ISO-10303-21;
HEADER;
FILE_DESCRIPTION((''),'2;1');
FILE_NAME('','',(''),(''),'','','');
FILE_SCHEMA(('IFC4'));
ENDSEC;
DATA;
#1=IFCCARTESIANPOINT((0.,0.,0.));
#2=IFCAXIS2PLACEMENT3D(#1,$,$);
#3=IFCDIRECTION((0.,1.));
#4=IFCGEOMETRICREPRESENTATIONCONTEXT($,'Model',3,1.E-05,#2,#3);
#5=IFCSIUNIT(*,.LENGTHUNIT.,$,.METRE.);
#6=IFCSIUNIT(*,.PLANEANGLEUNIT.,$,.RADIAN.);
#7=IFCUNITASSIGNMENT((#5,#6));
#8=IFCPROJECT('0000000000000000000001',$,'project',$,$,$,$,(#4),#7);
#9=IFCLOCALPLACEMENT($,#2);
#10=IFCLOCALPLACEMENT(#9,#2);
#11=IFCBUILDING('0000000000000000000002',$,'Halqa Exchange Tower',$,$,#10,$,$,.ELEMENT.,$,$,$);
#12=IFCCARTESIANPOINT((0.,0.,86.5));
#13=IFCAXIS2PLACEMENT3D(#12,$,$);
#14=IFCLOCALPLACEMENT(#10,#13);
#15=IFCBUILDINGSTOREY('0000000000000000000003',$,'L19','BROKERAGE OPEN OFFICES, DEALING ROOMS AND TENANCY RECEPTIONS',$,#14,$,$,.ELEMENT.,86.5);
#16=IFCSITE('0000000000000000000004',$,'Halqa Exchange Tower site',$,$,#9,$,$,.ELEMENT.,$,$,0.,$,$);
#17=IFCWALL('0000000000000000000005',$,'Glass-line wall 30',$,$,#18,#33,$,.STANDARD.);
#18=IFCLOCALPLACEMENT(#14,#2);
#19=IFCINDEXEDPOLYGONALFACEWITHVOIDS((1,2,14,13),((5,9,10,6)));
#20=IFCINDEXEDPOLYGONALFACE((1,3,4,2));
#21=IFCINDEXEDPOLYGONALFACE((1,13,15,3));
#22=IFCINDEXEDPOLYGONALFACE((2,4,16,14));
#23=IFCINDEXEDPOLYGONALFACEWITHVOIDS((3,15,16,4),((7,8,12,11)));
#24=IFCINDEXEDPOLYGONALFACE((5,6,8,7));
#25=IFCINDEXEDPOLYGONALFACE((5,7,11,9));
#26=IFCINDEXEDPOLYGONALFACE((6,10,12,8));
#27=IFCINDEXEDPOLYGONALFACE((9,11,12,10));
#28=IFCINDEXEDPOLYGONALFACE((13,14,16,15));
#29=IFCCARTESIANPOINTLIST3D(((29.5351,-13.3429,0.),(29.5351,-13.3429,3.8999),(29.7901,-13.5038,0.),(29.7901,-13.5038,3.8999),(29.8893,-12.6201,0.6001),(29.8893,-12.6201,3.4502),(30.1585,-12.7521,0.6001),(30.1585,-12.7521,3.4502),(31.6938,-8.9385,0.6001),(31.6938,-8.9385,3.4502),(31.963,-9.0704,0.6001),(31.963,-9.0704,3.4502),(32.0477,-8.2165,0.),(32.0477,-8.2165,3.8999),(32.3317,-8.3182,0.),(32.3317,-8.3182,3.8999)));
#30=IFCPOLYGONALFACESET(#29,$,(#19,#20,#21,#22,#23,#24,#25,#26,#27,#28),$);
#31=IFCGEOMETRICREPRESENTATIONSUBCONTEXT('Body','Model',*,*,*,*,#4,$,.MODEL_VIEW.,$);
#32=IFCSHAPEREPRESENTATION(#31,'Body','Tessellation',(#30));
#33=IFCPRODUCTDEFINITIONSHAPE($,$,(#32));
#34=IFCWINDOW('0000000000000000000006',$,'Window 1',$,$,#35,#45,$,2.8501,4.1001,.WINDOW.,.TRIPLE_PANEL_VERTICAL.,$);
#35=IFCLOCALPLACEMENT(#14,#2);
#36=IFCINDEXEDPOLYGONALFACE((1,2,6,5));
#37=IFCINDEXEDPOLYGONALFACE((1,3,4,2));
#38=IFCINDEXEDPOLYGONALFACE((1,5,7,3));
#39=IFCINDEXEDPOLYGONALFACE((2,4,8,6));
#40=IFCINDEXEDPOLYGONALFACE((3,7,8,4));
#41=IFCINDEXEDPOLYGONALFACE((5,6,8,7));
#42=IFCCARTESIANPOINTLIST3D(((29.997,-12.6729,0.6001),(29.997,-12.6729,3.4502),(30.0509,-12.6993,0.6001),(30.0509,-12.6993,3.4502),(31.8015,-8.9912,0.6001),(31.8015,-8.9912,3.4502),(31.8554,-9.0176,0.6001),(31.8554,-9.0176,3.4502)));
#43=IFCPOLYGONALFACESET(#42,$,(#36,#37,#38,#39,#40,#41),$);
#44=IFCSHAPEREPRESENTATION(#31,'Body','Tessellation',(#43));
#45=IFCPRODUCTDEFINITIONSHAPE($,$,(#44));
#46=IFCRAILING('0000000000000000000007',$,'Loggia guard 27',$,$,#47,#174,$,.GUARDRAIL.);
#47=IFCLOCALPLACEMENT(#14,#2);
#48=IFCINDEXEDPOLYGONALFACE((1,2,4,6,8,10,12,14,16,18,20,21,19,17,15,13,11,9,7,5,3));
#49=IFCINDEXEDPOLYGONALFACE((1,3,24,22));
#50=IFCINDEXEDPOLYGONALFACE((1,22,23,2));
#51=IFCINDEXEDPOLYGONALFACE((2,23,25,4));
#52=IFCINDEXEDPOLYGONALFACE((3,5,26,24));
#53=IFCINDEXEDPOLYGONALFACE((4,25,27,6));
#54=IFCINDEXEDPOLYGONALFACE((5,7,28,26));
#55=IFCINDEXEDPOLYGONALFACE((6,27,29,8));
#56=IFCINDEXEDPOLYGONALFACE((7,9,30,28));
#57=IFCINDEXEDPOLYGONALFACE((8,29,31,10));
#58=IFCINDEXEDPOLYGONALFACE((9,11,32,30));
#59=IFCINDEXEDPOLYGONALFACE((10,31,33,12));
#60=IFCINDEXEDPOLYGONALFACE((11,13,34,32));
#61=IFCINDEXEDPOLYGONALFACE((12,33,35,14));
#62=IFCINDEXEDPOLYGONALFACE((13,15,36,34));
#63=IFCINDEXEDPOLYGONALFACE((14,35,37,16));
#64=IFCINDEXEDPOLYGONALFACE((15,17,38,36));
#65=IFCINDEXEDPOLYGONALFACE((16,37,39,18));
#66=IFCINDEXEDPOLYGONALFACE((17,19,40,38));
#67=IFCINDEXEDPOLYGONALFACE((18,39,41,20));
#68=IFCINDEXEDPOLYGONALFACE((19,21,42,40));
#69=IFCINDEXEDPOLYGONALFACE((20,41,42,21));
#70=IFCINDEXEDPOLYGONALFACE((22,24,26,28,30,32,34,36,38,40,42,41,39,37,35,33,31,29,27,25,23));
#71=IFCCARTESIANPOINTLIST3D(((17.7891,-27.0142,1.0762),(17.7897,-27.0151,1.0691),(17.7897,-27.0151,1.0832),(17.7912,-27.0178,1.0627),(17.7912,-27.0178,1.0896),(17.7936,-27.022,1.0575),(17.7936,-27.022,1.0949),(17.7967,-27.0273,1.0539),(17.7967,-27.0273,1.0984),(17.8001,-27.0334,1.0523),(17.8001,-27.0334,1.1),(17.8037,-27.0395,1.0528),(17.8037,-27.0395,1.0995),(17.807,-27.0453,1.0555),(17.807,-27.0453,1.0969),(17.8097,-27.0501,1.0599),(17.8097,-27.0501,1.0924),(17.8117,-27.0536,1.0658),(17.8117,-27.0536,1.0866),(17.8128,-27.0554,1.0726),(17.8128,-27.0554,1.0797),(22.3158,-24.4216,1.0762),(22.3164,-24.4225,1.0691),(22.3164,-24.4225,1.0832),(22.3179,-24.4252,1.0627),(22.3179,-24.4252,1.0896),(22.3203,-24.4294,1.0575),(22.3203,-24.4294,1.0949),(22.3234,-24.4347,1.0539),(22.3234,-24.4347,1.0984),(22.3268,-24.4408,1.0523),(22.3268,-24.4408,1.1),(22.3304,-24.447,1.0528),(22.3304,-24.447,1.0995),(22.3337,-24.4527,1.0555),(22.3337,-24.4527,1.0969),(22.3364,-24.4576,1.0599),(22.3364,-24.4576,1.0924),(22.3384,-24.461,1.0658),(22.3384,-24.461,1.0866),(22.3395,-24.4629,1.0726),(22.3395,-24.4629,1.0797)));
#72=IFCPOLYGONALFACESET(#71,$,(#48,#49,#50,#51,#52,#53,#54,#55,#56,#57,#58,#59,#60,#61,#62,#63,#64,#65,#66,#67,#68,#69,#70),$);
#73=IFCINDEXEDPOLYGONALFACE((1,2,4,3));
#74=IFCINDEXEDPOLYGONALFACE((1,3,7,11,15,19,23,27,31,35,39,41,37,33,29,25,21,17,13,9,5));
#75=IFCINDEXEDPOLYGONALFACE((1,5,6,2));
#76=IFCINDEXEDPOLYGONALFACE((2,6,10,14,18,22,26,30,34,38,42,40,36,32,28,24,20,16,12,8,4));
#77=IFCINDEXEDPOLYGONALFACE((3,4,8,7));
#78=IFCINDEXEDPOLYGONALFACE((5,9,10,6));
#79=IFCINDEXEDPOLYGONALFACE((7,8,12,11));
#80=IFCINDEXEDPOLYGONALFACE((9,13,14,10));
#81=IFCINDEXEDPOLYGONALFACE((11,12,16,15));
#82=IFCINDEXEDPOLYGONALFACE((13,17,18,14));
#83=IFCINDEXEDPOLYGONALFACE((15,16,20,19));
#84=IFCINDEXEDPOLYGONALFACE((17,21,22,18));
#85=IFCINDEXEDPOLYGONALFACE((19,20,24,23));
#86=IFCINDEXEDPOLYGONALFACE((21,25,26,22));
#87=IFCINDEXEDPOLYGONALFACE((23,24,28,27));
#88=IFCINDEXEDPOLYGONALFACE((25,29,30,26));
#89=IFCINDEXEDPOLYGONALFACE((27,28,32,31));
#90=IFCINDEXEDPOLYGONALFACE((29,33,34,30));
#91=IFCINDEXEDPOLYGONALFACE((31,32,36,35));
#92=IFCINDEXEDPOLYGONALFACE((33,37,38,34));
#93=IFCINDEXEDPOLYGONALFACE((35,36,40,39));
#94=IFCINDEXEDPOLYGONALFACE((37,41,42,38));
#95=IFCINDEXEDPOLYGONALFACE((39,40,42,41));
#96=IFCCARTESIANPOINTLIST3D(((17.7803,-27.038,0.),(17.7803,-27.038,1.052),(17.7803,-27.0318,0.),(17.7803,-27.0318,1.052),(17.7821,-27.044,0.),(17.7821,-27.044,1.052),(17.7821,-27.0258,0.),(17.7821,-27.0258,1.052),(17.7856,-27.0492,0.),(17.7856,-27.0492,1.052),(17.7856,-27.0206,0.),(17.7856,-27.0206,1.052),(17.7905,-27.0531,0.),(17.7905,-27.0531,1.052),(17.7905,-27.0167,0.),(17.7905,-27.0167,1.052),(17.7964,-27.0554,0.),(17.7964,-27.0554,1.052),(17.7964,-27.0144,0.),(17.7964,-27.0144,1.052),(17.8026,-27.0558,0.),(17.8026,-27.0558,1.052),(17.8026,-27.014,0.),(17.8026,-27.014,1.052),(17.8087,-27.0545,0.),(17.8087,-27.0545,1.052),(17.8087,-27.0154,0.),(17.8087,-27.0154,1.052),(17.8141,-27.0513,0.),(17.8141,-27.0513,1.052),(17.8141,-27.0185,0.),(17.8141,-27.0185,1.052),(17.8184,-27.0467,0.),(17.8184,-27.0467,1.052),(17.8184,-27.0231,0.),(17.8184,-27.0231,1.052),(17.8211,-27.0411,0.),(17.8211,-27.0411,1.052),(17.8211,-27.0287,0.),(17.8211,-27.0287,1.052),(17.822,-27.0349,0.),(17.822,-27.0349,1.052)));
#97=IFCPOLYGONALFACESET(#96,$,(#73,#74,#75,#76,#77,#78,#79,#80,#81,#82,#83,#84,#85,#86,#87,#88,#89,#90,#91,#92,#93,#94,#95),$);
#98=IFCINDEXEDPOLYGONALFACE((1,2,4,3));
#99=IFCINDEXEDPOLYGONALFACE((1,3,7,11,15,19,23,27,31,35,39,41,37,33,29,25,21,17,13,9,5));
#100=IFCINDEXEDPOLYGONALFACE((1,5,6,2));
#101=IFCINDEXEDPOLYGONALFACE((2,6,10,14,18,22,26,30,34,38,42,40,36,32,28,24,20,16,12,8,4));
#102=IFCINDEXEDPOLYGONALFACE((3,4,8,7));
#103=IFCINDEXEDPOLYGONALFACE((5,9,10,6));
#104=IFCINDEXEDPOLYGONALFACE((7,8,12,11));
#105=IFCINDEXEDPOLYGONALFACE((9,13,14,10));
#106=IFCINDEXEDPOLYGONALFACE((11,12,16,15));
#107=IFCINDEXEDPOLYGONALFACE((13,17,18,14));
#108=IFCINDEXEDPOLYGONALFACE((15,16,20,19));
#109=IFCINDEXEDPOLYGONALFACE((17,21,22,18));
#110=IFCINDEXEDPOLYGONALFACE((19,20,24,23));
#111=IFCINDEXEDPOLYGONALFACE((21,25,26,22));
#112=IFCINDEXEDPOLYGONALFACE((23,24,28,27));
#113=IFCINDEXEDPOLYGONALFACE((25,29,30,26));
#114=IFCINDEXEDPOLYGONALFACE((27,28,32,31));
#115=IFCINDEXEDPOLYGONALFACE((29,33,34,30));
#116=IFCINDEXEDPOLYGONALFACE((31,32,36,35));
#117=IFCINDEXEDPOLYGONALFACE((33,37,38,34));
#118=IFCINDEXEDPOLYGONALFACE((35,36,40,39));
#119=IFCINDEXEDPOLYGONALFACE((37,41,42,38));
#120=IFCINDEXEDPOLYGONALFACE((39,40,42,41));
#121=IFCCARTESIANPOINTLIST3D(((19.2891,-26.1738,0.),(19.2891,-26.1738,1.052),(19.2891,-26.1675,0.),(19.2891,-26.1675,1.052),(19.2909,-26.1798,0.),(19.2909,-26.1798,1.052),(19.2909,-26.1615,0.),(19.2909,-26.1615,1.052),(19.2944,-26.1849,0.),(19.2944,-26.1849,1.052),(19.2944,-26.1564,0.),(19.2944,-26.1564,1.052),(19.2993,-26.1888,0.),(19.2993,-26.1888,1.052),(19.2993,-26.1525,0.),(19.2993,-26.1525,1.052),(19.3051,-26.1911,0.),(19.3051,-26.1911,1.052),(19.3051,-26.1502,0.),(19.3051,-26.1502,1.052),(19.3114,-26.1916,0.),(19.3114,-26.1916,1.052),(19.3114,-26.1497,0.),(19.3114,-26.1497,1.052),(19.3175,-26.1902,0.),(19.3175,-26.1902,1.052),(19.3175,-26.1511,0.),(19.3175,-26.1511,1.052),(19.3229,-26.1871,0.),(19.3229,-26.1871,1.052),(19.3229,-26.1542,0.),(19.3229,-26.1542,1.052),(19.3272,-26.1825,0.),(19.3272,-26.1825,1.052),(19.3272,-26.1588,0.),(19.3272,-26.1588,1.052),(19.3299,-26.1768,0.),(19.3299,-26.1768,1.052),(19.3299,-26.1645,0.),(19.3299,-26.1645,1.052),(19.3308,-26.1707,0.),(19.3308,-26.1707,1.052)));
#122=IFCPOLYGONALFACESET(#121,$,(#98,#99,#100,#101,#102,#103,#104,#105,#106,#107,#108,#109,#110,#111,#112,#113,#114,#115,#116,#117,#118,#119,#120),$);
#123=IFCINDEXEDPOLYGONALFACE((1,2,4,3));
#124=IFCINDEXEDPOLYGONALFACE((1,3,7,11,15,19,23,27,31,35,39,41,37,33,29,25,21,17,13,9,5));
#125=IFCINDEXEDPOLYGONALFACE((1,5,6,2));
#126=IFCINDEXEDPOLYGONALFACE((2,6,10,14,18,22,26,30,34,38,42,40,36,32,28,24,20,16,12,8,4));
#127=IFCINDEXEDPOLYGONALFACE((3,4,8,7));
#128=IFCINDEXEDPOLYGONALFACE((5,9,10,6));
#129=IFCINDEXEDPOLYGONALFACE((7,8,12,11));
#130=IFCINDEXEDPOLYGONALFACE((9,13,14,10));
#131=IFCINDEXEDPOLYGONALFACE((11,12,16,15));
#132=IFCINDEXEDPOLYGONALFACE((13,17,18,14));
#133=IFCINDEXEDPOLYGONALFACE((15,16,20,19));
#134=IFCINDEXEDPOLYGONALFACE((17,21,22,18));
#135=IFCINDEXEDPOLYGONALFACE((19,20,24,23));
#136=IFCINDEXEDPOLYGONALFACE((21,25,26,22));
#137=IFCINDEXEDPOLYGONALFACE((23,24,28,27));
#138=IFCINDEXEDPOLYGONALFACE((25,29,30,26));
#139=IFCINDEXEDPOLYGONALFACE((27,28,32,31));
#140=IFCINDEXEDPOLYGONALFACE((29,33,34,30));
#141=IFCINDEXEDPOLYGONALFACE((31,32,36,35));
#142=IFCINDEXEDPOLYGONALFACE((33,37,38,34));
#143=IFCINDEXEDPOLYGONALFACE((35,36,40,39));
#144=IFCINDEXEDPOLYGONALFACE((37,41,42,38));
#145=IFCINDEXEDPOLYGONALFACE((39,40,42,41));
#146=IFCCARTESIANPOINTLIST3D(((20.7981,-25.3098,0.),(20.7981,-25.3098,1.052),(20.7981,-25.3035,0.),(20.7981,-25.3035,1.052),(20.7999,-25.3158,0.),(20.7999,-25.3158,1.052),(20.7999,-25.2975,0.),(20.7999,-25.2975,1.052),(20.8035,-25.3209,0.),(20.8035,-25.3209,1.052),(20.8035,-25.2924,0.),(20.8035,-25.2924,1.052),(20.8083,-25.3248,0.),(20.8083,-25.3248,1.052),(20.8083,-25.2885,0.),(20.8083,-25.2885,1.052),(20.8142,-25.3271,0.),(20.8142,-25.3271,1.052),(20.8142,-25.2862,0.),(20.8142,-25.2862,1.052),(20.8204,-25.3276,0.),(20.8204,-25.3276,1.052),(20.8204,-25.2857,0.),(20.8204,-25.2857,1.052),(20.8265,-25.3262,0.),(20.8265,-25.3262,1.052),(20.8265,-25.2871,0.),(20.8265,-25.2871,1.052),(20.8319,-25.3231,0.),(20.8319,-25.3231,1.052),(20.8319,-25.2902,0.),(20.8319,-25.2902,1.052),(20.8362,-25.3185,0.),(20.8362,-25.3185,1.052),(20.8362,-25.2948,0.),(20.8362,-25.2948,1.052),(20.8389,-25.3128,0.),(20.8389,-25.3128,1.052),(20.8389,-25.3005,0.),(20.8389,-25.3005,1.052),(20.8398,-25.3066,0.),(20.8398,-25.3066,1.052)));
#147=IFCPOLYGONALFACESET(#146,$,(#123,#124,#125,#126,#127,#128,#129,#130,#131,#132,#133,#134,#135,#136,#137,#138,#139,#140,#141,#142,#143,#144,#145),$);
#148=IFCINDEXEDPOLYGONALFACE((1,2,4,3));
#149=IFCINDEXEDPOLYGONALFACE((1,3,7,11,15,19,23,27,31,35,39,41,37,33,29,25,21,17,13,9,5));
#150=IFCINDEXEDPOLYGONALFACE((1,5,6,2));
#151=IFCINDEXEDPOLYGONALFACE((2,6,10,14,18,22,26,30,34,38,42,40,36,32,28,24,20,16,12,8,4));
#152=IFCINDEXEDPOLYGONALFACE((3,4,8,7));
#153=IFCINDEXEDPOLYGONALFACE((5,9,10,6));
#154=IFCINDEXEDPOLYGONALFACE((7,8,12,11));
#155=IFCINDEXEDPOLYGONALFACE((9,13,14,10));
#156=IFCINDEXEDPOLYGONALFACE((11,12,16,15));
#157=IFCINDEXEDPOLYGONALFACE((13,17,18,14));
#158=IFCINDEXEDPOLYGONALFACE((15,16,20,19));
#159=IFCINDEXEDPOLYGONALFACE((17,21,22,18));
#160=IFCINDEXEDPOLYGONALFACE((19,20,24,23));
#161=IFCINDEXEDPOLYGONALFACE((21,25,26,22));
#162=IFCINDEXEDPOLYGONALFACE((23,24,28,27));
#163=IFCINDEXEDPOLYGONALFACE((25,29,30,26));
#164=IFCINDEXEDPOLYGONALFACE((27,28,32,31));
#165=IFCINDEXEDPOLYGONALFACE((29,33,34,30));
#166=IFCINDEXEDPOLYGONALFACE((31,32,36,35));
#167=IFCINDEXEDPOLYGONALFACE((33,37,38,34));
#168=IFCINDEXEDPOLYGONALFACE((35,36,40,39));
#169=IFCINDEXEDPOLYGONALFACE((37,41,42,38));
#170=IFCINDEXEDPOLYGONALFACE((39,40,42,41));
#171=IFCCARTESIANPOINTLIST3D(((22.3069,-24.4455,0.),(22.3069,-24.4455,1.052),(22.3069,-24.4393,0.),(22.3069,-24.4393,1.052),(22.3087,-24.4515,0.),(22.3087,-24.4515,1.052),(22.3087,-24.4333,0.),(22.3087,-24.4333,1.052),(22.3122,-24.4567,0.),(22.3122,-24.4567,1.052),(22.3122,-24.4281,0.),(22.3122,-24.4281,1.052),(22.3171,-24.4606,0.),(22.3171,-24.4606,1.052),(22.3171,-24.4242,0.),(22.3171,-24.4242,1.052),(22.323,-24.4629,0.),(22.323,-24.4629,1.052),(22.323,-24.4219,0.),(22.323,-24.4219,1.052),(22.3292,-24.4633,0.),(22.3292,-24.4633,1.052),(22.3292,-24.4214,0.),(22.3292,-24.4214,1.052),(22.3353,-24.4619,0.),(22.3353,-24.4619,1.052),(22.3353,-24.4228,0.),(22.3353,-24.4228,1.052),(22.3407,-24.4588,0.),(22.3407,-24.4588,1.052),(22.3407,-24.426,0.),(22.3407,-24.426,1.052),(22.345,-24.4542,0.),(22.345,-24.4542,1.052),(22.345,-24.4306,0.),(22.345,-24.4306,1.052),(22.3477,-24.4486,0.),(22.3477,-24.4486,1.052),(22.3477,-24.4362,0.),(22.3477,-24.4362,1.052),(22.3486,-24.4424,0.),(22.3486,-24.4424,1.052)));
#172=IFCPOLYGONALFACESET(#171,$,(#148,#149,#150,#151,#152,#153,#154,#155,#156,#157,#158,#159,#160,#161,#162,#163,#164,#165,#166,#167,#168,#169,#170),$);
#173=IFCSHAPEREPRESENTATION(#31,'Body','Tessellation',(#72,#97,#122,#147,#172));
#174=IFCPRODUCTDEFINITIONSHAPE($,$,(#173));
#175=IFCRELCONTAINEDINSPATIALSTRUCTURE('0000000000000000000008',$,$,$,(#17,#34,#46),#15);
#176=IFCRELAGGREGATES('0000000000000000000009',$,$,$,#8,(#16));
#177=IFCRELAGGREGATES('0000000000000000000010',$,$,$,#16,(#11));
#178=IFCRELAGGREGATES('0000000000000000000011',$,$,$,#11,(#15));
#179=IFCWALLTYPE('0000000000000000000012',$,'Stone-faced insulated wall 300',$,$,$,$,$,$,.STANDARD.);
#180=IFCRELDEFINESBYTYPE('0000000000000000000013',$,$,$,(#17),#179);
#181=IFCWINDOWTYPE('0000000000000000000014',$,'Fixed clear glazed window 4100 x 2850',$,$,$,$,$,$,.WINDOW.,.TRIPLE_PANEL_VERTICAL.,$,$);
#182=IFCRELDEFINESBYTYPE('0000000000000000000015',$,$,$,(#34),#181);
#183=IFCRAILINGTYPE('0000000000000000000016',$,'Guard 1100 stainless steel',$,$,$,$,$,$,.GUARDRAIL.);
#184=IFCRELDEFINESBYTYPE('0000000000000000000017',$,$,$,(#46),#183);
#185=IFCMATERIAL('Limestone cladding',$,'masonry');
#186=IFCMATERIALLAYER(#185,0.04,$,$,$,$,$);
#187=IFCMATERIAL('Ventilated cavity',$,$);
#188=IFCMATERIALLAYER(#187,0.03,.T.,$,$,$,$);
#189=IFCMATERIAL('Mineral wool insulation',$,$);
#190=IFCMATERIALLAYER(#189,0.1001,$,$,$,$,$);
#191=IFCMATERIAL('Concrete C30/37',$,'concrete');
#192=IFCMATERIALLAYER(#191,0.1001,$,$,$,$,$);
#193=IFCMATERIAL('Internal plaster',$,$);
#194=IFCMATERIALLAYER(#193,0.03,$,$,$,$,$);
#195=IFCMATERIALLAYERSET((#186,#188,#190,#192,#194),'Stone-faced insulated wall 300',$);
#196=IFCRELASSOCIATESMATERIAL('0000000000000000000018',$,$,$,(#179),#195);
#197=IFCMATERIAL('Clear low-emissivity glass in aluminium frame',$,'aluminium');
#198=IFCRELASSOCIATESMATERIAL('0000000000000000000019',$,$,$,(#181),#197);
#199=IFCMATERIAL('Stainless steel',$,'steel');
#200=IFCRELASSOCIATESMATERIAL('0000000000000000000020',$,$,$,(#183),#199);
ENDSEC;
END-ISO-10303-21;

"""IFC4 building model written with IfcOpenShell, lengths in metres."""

from ifc_helpers import new_model, si_unit, direction, frame, frame_2d, origin, origin_2d, place, context, subcontext, project, spatial, polyline, rectangle, circle, outline, extrude, material, layer, layer_set, type_object, element, fill, save


model = new_model("IFC4")

# Units and contexts
model_context = context("Model", 3, precision=1e-05, world=origin(), true_north=direction((0.0, 1.0)))
body_context = subcontext(model_context, "Body", "Model", "MODEL_VIEW")
ifc_project = project(units=[si_unit("LENGTHUNIT", "METRE"), si_unit("PLANEANGLEUNIT", "RADIAN")], contexts=[model_context])

# Site, building, storey
site_placement = place(None, origin())
site = spatial("IfcSite", under=ifc_project, at=site_placement, Name="Halqa Exchange Tower site", CompositionType="ELEMENT", RefElevation=0.0)
building_placement = place(site_placement, origin())
building = spatial("IfcBuilding", under=site, at=building_placement, Name="Halqa Exchange Tower", CompositionType="ELEMENT")
storey_placement = place(building_placement, frame((0.0, 0.0, 86.5)))
storey = spatial("IfcBuildingStorey", under=building, at=storey_placement, Name="L19", Description="BROKERAGE OPEN OFFICES, DEALING ROOMS AND TENANCY RECEPTIONS", CompositionType="ELEMENT", Elevation=86.5)

# Shared definitions
ifc_material_1 = material(Name="Limestone cladding", Category="masonry")
ifc_layer_1 = layer(ifc_material_1, 0.04)
ifc_material_2 = material(Name="Ventilated cavity")
ifc_layer_2 = layer(ifc_material_2, 0.03, ventilated=True)
ifc_material_3 = material(Name="Mineral wool insulation")
ifc_layer_3 = layer(ifc_material_3, 0.1001)
ifc_material_4 = material(Name="Concrete C30/37", Category="concrete")
ifc_layer_4 = layer(ifc_material_4, 0.1001)
ifc_material_5 = material(Name="Internal plaster")
ifc_layer_5 = layer(ifc_material_5, 0.03)
ifc_layer_set_1 = layer_set([ifc_layer_1, ifc_layer_2, ifc_layer_3, ifc_layer_4, ifc_layer_5], Name="Stone-faced insulated wall 300")
wall_type_1 = type_object("IfcWallType", Name="Stone-faced insulated wall 300", PredefinedType="STANDARD", material=ifc_layer_set_1)
ifc_material_6 = material(Name="Clear low-emissivity glass in aluminium frame", Category="aluminium")
window_type = type_object("IfcWindowType", Name="Fixed clear glazed window 4100 x 2850", PartitioningType="TRIPLE_PANEL_VERTICAL", PredefinedType="WINDOW", material=ifc_material_6)

# Wall, opening, window
wall_1_placement = place(storey_placement, frame((29.6626, -13.4233, 0.0), z_axis=(0.0, 0.0, 1.0), x_axis=(0.440107, 0.897945, 0.0)))
wall_1 = element("IfcWall", 1, at=wall_1_placement, inside=storey, type_object=wall_type_1, Name="Glass-line wall 30", PredefinedType="STANDARD", context=body_context, shape_type="SweptSolid", body=[
    extrude(outline(polyline([(-0.0161, -0.1499), (5.7588, -0.1499), (5.7251, 0.1499), (0.0161, 0.1499), (-0.0161, -0.1499)])), origin(), (0.0, 0.0, 1.0), 3.8999),
])
opening_1_placement = place(wall_1_placement, frame((0.821, 0.0, 0.6001)))
opening_1 = element("IfcOpeningElement", 2, at=opening_1_placement, cuts=wall_1, PredefinedType="OPENING", context=body_context, shape_type="SweptSolid", body=[
    extrude(rectangle(XDim=4.1001, YDim=2.8501, at=frame_2d((2.05, 1.425))), frame((0.0, 0.1621, 0.0), z_axis=(0.0, -1.0, 0.0), x_axis=(1.0, 0.0, 0.0)), (0.0, 0.0, 1.0), 0.324),
])
window_1_placement = place(opening_1_placement, origin())
window_1 = element("IfcWindow", 3, at=window_1_placement, inside=storey, type_object=window_type, Name="Window 1", OverallHeight=2.8501, OverallWidth=4.1001, PartitioningType="TRIPLE_PANEL_VERTICAL", PredefinedType="WINDOW", context=body_context, shape_type="SweptSolid", body=[
    extrude(rectangle(XDim=4.1001, YDim=2.8501, at=frame_2d((2.05, 1.425))), frame((0.0, 0.03, 0.0), z_axis=(0.0, -1.0, 0.0), x_axis=(1.0, 0.0, 0.0)), (0.0, 0.0, 1.0), 0.0601),
])
fill(opening_1, window_1)

# Railing
ifc_material_7 = material(Name="Stainless steel", Category="steel")
railing_type = type_object("IfcRailingType", Name="Guard 1100 stainless steel", PredefinedType="GUARDRAIL", material=ifc_material_7)
railing_1_placement = place(storey_placement, frame((17.801, -27.0349, 0.0)))
element("IfcRailing", 4, at=railing_1_placement, inside=storey, type_object=railing_type, Name="Loggia guard 27", PredefinedType="GUARDRAIL", context=body_context, shape_type="SweptSolid", body=[
    extrude(circle(Radius=0.0239, at=origin_2d()), frame((0.0, 0.0, 1.0762), z_axis=(0.867756, 0.49699, 0.0), x_axis=(-0.49699, 0.867756, 0.0)), (0.0, 0.0, 1.0), 5.2166),
    extrude(circle(Radius=0.021, at=origin_2d()), origin(), (0.0, 0.0, 1.0), 1.052),
    extrude(circle(Radius=0.021, at=origin_2d()), frame((1.5088, 0.8643, 0.0)), (0.0, 0.0, 1.0), 1.052),
    extrude(circle(Radius=0.021, at=origin_2d()), frame((3.0178, 1.7283, 0.0)), (0.0, 0.0, 1.0), 1.052),
    extrude(circle(Radius=0.021, at=origin_2d()), frame((4.5266, 2.5925, 0.0)), (0.0, 0.0, 1.0), 1.052),
])

save(model, "model.ifc")
